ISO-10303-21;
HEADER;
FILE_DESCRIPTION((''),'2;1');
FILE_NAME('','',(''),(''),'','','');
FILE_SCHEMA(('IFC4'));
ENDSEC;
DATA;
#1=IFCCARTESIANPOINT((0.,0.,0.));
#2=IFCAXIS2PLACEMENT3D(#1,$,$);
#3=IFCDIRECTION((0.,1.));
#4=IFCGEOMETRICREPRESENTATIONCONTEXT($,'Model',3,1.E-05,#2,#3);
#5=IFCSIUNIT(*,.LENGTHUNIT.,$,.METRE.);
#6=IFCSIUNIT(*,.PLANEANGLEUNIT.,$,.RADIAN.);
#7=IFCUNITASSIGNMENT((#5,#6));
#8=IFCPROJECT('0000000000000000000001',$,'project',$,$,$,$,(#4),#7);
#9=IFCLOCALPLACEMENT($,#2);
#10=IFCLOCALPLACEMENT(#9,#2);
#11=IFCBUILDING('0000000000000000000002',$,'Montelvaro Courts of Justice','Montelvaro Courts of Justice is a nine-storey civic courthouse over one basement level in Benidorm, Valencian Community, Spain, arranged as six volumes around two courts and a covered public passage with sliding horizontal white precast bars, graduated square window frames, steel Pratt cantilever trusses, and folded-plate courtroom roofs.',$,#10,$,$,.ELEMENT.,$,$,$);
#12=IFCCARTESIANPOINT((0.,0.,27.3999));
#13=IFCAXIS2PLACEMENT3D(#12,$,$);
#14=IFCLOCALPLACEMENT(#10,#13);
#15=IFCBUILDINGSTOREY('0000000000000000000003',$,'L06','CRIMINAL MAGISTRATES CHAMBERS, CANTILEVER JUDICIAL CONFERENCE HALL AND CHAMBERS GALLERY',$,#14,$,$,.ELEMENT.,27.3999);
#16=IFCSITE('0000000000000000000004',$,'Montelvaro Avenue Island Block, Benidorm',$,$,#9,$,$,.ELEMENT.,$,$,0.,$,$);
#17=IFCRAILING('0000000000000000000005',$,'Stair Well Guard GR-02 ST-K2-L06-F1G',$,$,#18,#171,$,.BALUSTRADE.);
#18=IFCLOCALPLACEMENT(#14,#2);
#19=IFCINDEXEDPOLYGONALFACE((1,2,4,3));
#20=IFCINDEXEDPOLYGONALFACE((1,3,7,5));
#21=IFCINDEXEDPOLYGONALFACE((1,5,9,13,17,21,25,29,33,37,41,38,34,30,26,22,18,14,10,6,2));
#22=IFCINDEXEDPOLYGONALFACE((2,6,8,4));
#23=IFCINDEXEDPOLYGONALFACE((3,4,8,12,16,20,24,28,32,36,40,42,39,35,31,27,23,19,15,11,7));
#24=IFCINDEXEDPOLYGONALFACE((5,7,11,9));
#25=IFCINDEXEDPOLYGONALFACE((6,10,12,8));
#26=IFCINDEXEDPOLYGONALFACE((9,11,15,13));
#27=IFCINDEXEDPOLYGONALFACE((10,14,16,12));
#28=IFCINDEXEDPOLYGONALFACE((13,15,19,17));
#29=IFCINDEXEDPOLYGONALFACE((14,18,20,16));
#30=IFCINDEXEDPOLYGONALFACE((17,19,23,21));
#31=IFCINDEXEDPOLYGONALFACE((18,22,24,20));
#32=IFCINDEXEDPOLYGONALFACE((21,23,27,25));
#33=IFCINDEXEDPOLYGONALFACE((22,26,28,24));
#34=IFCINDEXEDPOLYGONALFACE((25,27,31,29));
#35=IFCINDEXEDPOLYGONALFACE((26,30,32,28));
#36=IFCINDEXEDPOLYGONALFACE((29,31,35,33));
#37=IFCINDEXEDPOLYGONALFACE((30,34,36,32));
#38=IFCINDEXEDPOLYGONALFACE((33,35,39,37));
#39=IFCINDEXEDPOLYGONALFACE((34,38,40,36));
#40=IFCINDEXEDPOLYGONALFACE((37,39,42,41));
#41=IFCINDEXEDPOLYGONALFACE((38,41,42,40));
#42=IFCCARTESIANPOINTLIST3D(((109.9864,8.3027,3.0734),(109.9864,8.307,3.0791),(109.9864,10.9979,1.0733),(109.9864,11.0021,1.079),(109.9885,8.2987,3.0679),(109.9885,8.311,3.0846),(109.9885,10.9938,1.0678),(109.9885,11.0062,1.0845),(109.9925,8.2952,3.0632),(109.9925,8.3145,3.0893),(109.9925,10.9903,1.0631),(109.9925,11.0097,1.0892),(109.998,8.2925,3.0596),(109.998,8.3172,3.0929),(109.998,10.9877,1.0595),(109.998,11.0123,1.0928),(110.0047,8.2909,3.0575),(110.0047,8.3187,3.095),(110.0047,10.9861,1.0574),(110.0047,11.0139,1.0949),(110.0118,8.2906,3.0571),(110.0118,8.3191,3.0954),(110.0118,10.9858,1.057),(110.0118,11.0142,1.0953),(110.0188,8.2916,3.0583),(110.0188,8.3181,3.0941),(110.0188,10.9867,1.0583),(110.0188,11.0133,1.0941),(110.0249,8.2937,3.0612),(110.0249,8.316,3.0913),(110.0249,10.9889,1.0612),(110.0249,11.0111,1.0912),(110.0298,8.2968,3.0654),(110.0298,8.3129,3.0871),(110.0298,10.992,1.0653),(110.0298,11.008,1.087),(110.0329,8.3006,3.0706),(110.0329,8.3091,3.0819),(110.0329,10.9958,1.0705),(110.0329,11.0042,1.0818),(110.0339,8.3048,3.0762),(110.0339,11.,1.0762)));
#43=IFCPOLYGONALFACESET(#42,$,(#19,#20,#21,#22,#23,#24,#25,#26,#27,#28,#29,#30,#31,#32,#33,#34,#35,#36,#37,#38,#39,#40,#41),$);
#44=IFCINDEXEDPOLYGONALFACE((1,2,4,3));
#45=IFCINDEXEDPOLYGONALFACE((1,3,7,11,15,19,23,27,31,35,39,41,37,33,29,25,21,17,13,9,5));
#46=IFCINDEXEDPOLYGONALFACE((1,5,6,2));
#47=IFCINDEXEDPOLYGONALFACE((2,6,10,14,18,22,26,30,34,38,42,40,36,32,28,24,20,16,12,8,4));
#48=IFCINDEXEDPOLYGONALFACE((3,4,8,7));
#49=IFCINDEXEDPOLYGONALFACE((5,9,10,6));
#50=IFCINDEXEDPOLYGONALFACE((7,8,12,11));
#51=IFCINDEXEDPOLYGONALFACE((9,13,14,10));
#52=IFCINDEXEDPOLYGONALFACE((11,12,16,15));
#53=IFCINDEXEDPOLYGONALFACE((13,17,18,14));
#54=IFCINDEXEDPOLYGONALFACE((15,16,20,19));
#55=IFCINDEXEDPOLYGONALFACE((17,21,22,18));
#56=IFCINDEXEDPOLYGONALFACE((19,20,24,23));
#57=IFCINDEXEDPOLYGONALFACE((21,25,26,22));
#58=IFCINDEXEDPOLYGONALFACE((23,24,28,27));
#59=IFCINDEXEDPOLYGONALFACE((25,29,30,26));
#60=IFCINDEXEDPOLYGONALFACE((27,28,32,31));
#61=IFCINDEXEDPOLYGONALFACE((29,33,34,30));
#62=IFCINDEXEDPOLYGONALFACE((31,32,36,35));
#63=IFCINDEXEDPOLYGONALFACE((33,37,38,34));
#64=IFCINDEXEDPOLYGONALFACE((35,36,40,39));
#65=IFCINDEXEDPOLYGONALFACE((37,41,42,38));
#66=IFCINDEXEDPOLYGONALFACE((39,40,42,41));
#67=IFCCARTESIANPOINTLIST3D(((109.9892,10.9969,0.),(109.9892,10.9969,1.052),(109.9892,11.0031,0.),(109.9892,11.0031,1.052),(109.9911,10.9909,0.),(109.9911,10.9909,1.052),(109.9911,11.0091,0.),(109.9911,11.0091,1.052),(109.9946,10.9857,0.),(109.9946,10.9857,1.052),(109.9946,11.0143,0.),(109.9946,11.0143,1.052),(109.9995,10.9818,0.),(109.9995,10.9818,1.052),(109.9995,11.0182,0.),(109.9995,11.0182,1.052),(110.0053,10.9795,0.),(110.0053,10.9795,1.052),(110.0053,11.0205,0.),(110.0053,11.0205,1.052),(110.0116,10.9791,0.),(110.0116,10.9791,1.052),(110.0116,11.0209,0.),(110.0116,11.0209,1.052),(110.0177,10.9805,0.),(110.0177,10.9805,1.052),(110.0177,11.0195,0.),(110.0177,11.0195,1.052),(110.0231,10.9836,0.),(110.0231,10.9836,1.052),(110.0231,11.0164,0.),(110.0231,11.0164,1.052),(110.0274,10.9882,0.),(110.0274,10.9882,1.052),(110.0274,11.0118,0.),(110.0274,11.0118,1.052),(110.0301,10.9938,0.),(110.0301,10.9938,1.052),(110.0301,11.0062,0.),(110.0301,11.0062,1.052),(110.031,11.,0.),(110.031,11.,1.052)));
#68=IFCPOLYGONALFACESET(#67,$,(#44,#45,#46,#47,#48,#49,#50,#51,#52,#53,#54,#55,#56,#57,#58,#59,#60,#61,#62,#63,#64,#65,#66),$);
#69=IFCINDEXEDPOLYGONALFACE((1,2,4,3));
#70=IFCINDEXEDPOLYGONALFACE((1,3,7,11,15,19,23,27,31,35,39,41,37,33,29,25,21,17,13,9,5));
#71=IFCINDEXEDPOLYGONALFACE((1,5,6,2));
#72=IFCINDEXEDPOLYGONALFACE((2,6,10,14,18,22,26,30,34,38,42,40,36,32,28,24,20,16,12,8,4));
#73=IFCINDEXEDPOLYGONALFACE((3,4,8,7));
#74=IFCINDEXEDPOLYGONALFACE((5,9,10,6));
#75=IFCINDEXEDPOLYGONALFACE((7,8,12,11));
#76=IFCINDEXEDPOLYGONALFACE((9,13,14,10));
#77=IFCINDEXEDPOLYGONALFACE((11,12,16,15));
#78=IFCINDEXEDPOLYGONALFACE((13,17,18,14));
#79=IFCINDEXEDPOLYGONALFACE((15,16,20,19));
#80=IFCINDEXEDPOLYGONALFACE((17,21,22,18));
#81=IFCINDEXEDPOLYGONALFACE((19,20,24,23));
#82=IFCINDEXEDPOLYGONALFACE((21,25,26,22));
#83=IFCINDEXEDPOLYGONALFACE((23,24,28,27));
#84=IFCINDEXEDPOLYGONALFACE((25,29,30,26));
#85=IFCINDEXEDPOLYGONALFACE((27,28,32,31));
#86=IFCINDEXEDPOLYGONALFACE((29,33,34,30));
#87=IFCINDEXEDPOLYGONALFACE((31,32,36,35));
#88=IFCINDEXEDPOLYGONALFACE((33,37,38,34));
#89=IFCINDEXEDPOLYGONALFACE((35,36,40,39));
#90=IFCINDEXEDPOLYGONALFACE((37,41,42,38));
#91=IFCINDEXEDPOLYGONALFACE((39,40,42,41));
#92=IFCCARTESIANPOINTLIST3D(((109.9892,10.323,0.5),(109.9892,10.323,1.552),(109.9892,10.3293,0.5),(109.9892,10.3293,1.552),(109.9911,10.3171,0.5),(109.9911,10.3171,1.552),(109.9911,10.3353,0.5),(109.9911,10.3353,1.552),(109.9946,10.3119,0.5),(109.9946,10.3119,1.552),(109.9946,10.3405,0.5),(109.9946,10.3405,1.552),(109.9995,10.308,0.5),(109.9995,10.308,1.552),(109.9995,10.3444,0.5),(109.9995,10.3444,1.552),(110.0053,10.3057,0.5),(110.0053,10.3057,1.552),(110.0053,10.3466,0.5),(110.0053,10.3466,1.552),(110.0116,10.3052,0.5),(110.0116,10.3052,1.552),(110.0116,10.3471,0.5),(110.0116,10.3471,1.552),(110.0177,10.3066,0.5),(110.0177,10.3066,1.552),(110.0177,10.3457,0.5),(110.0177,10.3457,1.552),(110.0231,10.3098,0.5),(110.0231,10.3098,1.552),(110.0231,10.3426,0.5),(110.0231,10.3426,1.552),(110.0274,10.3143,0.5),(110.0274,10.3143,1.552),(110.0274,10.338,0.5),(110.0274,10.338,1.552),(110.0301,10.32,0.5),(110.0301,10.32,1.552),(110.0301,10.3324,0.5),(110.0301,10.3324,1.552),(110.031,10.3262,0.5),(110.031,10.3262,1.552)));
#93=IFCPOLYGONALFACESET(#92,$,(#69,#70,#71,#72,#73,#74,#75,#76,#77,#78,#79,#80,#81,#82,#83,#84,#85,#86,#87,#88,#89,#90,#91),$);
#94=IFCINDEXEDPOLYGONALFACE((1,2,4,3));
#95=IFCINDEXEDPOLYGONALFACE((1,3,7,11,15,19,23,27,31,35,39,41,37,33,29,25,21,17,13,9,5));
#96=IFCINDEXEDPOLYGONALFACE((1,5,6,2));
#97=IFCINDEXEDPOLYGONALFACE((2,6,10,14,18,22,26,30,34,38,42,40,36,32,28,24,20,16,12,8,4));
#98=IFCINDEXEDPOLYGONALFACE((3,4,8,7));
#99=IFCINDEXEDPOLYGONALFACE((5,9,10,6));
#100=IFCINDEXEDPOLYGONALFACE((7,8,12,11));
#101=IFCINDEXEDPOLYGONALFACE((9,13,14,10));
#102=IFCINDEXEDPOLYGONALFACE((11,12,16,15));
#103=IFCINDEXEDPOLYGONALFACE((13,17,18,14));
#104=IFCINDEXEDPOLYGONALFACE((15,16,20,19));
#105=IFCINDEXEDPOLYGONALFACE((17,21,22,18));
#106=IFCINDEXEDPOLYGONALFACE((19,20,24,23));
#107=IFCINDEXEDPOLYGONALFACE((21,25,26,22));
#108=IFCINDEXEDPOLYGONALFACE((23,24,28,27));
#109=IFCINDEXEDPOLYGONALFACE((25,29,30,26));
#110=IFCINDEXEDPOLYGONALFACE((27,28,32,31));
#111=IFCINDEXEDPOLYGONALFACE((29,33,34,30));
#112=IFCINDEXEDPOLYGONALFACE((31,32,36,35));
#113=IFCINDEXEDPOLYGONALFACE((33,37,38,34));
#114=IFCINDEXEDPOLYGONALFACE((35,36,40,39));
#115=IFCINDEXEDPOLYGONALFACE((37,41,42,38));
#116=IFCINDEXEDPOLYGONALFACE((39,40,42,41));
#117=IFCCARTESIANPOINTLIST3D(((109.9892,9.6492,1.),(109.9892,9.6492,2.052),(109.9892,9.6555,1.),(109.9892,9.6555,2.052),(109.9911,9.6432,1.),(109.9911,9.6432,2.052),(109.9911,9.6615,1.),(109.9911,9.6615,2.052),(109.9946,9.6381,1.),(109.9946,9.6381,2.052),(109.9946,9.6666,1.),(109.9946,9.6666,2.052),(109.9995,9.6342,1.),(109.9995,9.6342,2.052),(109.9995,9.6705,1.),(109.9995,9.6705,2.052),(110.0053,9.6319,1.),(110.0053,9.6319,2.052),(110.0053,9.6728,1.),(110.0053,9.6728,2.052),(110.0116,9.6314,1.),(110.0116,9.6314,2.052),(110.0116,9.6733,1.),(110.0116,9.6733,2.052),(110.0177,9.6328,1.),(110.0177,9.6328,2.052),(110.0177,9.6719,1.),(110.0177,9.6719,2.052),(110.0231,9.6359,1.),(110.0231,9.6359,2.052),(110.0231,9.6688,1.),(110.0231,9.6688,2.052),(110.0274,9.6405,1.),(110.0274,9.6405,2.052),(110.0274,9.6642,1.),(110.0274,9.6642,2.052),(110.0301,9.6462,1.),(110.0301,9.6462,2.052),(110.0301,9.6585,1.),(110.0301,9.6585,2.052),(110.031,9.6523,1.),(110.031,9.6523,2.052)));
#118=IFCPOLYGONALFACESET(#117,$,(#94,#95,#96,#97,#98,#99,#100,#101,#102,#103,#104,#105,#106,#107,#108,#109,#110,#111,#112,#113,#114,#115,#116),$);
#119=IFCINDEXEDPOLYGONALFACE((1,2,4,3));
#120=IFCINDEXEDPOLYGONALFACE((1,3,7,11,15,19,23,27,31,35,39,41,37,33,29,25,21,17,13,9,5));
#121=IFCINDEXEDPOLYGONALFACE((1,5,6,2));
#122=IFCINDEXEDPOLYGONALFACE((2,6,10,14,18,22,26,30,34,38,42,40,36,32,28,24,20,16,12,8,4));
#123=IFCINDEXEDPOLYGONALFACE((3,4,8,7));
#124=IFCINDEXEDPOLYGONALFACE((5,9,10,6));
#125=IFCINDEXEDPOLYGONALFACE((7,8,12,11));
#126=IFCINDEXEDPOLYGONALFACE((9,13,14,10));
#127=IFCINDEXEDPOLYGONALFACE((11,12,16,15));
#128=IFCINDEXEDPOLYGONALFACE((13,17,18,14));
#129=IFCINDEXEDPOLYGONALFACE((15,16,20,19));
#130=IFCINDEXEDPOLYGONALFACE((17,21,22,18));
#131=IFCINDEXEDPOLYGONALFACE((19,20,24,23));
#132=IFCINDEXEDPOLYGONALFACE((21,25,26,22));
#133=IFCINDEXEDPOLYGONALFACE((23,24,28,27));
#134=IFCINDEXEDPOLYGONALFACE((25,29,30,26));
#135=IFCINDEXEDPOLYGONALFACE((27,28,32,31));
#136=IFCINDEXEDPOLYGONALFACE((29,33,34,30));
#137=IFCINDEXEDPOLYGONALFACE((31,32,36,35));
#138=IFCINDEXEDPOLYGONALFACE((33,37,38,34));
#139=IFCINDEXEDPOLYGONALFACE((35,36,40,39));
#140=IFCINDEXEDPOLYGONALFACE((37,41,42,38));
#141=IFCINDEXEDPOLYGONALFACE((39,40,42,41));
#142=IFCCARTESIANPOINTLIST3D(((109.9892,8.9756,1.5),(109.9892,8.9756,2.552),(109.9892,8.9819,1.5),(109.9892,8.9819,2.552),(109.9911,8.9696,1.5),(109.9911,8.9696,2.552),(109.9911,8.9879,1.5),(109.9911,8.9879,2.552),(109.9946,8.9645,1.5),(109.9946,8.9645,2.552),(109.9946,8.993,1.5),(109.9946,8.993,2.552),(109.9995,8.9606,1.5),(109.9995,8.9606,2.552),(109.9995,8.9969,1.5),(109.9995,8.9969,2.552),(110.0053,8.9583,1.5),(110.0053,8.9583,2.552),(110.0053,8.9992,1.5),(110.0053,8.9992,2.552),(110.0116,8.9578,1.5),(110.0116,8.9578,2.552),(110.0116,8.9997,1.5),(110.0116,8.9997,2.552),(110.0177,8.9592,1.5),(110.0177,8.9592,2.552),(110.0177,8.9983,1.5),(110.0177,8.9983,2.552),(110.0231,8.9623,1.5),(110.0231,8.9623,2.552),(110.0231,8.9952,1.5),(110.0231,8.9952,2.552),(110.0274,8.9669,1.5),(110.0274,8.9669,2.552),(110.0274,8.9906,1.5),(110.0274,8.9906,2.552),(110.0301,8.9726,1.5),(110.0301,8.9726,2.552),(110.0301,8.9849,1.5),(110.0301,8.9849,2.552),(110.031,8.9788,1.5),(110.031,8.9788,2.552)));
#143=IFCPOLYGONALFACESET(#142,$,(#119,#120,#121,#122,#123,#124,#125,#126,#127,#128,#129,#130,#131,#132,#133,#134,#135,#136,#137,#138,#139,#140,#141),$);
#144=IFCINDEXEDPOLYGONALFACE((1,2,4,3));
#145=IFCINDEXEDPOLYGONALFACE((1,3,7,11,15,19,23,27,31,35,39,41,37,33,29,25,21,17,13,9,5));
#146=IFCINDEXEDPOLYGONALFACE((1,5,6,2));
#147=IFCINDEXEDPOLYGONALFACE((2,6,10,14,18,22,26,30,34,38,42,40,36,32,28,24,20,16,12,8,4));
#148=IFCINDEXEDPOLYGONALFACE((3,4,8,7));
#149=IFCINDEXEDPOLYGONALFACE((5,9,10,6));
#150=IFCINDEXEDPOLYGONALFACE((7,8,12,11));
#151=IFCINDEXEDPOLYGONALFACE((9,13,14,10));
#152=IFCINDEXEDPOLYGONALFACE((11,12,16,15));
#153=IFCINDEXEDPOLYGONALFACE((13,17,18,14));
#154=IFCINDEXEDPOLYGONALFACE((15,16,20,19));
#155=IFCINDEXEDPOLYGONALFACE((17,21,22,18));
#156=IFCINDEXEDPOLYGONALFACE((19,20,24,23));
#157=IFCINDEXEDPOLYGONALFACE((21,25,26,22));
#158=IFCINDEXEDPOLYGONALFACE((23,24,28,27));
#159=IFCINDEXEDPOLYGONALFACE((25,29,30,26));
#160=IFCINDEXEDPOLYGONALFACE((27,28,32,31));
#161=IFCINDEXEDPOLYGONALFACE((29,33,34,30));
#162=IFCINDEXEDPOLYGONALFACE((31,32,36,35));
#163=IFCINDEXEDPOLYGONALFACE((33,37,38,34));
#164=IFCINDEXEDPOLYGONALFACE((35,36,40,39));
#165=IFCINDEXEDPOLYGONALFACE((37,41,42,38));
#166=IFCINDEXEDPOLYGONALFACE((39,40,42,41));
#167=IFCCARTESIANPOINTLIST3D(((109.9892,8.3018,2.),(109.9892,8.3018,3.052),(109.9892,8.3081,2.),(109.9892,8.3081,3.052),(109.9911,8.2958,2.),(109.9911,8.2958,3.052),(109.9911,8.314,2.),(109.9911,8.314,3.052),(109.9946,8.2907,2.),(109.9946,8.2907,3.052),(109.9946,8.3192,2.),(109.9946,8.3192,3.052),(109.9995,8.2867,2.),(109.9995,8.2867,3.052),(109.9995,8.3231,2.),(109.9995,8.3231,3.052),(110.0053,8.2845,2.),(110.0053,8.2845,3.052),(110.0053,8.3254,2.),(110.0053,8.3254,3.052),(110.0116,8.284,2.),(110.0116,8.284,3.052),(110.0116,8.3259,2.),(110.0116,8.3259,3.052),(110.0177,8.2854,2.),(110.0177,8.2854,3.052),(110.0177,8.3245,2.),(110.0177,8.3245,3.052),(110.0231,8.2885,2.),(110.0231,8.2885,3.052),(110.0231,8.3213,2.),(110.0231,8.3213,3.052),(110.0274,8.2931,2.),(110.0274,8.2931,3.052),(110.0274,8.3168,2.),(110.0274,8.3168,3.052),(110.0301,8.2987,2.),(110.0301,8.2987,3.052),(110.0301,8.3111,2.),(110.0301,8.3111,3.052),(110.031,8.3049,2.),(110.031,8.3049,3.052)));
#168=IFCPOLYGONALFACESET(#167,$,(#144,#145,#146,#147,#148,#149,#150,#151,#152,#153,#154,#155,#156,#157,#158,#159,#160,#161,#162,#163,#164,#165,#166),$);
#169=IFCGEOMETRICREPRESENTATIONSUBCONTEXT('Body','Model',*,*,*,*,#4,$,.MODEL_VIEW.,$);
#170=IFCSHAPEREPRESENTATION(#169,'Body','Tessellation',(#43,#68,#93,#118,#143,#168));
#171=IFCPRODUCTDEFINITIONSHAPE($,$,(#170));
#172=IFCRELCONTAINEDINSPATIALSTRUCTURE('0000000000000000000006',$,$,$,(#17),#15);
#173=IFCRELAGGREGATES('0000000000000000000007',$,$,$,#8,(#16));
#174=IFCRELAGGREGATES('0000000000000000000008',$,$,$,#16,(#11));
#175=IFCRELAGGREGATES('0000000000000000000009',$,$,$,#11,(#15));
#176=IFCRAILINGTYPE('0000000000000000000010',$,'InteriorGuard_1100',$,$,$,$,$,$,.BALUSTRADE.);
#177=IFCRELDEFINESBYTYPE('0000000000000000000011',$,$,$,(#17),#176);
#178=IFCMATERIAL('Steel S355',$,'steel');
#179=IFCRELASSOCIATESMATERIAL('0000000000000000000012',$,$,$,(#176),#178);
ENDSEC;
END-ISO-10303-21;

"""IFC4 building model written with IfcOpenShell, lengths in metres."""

from ifc_helpers import new_model, si_unit, direction, frame, origin, origin_2d, place, context, subcontext, project, spatial, circle, extrude, material, type_object, element, save


model = new_model("IFC4")

# Units and contexts
model_context = context("Model", 3, precision=1e-05, world=origin(), true_north=direction((0.0, 1.0)))
body_context = subcontext(model_context, "Body", "Model", "MODEL_VIEW")
ifc_project = project(units=[si_unit("LENGTHUNIT", "METRE"), si_unit("PLANEANGLEUNIT", "RADIAN")], contexts=[model_context])

# Site, building, storey
site_placement = place(None, origin())
site = spatial("IfcSite", under=ifc_project, at=site_placement, Name="Montelvaro Avenue Island Block, Benidorm", CompositionType="ELEMENT", RefElevation=0.0)
building_placement = place(site_placement, origin())
building = spatial("IfcBuilding", under=site, at=building_placement, Name="Montelvaro Courts of Justice", Description="Montelvaro Courts of Justice is a nine-storey civic courthouse over one basement level in Benidorm, Valencian Community, Spain, arranged as six volumes around two courts and a covered public passage with sliding horizontal white precast bars, graduated square window frames, steel Pratt cantilever trusses, and folded-plate courtroom roofs.", CompositionType="ELEMENT")
storey_placement = place(building_placement, frame((0.0, 0.0, 27.3999)))
storey = spatial("IfcBuildingStorey", under=building, at=storey_placement, Name="L06", Description="CRIMINAL MAGISTRATES CHAMBERS, CANTILEVER JUDICIAL CONFERENCE HALL AND CHAMBERS GALLERY", CompositionType="ELEMENT", Elevation=27.3999)

# Shared definitions
ifc_material_1 = material(Name="Steel S355", Category="steel")

# Railing
railing_type_1 = type_object("IfcRailingType", Name="InteriorGuard_1100", PredefinedType="BALUSTRADE", material=ifc_material_1)
railing_1_placement = place(storey_placement, frame((110.01, 11.0, 0.0)))
element("IfcRailing", 1, at=railing_1_placement, inside=storey, type_object=railing_type_1, Name="Stair Well Guard GR-02 ST-K2-L06-F1G", PredefinedType="BALUSTRADE", context=body_context, shape_type="SweptSolid", body=[
    extrude(circle(Radius=0.0239, at=origin_2d()), frame((0.0, 0.0, 1.0762), z_axis=(0.0, -0.803036, 0.59593), x_axis=(1.0, 0.0, 0.0)), (0.0, 0.0, 1.0), 3.3562),
    extrude(circle(Radius=0.021, at=origin_2d()), origin(), (0.0, 0.0, 1.0), 1.052),
    extrude(circle(Radius=0.021, at=origin_2d()), frame((0.0, -0.6738, 0.5)), (0.0, 0.0, 1.0), 1.052),
    extrude(circle(Radius=0.021, at=origin_2d()), frame((0.0, -1.3477, 1.0)), (0.0, 0.0, 1.0), 1.052),
    extrude(circle(Radius=0.021, at=origin_2d()), frame((0.0, -2.0212, 1.5)), (0.0, 0.0, 1.0), 1.052),
    extrude(circle(Radius=0.021, at=origin_2d()), frame((0.0, -2.6951, 2.0)), (0.0, 0.0, 1.0), 1.052),
])

save(model, "model.ifc")
